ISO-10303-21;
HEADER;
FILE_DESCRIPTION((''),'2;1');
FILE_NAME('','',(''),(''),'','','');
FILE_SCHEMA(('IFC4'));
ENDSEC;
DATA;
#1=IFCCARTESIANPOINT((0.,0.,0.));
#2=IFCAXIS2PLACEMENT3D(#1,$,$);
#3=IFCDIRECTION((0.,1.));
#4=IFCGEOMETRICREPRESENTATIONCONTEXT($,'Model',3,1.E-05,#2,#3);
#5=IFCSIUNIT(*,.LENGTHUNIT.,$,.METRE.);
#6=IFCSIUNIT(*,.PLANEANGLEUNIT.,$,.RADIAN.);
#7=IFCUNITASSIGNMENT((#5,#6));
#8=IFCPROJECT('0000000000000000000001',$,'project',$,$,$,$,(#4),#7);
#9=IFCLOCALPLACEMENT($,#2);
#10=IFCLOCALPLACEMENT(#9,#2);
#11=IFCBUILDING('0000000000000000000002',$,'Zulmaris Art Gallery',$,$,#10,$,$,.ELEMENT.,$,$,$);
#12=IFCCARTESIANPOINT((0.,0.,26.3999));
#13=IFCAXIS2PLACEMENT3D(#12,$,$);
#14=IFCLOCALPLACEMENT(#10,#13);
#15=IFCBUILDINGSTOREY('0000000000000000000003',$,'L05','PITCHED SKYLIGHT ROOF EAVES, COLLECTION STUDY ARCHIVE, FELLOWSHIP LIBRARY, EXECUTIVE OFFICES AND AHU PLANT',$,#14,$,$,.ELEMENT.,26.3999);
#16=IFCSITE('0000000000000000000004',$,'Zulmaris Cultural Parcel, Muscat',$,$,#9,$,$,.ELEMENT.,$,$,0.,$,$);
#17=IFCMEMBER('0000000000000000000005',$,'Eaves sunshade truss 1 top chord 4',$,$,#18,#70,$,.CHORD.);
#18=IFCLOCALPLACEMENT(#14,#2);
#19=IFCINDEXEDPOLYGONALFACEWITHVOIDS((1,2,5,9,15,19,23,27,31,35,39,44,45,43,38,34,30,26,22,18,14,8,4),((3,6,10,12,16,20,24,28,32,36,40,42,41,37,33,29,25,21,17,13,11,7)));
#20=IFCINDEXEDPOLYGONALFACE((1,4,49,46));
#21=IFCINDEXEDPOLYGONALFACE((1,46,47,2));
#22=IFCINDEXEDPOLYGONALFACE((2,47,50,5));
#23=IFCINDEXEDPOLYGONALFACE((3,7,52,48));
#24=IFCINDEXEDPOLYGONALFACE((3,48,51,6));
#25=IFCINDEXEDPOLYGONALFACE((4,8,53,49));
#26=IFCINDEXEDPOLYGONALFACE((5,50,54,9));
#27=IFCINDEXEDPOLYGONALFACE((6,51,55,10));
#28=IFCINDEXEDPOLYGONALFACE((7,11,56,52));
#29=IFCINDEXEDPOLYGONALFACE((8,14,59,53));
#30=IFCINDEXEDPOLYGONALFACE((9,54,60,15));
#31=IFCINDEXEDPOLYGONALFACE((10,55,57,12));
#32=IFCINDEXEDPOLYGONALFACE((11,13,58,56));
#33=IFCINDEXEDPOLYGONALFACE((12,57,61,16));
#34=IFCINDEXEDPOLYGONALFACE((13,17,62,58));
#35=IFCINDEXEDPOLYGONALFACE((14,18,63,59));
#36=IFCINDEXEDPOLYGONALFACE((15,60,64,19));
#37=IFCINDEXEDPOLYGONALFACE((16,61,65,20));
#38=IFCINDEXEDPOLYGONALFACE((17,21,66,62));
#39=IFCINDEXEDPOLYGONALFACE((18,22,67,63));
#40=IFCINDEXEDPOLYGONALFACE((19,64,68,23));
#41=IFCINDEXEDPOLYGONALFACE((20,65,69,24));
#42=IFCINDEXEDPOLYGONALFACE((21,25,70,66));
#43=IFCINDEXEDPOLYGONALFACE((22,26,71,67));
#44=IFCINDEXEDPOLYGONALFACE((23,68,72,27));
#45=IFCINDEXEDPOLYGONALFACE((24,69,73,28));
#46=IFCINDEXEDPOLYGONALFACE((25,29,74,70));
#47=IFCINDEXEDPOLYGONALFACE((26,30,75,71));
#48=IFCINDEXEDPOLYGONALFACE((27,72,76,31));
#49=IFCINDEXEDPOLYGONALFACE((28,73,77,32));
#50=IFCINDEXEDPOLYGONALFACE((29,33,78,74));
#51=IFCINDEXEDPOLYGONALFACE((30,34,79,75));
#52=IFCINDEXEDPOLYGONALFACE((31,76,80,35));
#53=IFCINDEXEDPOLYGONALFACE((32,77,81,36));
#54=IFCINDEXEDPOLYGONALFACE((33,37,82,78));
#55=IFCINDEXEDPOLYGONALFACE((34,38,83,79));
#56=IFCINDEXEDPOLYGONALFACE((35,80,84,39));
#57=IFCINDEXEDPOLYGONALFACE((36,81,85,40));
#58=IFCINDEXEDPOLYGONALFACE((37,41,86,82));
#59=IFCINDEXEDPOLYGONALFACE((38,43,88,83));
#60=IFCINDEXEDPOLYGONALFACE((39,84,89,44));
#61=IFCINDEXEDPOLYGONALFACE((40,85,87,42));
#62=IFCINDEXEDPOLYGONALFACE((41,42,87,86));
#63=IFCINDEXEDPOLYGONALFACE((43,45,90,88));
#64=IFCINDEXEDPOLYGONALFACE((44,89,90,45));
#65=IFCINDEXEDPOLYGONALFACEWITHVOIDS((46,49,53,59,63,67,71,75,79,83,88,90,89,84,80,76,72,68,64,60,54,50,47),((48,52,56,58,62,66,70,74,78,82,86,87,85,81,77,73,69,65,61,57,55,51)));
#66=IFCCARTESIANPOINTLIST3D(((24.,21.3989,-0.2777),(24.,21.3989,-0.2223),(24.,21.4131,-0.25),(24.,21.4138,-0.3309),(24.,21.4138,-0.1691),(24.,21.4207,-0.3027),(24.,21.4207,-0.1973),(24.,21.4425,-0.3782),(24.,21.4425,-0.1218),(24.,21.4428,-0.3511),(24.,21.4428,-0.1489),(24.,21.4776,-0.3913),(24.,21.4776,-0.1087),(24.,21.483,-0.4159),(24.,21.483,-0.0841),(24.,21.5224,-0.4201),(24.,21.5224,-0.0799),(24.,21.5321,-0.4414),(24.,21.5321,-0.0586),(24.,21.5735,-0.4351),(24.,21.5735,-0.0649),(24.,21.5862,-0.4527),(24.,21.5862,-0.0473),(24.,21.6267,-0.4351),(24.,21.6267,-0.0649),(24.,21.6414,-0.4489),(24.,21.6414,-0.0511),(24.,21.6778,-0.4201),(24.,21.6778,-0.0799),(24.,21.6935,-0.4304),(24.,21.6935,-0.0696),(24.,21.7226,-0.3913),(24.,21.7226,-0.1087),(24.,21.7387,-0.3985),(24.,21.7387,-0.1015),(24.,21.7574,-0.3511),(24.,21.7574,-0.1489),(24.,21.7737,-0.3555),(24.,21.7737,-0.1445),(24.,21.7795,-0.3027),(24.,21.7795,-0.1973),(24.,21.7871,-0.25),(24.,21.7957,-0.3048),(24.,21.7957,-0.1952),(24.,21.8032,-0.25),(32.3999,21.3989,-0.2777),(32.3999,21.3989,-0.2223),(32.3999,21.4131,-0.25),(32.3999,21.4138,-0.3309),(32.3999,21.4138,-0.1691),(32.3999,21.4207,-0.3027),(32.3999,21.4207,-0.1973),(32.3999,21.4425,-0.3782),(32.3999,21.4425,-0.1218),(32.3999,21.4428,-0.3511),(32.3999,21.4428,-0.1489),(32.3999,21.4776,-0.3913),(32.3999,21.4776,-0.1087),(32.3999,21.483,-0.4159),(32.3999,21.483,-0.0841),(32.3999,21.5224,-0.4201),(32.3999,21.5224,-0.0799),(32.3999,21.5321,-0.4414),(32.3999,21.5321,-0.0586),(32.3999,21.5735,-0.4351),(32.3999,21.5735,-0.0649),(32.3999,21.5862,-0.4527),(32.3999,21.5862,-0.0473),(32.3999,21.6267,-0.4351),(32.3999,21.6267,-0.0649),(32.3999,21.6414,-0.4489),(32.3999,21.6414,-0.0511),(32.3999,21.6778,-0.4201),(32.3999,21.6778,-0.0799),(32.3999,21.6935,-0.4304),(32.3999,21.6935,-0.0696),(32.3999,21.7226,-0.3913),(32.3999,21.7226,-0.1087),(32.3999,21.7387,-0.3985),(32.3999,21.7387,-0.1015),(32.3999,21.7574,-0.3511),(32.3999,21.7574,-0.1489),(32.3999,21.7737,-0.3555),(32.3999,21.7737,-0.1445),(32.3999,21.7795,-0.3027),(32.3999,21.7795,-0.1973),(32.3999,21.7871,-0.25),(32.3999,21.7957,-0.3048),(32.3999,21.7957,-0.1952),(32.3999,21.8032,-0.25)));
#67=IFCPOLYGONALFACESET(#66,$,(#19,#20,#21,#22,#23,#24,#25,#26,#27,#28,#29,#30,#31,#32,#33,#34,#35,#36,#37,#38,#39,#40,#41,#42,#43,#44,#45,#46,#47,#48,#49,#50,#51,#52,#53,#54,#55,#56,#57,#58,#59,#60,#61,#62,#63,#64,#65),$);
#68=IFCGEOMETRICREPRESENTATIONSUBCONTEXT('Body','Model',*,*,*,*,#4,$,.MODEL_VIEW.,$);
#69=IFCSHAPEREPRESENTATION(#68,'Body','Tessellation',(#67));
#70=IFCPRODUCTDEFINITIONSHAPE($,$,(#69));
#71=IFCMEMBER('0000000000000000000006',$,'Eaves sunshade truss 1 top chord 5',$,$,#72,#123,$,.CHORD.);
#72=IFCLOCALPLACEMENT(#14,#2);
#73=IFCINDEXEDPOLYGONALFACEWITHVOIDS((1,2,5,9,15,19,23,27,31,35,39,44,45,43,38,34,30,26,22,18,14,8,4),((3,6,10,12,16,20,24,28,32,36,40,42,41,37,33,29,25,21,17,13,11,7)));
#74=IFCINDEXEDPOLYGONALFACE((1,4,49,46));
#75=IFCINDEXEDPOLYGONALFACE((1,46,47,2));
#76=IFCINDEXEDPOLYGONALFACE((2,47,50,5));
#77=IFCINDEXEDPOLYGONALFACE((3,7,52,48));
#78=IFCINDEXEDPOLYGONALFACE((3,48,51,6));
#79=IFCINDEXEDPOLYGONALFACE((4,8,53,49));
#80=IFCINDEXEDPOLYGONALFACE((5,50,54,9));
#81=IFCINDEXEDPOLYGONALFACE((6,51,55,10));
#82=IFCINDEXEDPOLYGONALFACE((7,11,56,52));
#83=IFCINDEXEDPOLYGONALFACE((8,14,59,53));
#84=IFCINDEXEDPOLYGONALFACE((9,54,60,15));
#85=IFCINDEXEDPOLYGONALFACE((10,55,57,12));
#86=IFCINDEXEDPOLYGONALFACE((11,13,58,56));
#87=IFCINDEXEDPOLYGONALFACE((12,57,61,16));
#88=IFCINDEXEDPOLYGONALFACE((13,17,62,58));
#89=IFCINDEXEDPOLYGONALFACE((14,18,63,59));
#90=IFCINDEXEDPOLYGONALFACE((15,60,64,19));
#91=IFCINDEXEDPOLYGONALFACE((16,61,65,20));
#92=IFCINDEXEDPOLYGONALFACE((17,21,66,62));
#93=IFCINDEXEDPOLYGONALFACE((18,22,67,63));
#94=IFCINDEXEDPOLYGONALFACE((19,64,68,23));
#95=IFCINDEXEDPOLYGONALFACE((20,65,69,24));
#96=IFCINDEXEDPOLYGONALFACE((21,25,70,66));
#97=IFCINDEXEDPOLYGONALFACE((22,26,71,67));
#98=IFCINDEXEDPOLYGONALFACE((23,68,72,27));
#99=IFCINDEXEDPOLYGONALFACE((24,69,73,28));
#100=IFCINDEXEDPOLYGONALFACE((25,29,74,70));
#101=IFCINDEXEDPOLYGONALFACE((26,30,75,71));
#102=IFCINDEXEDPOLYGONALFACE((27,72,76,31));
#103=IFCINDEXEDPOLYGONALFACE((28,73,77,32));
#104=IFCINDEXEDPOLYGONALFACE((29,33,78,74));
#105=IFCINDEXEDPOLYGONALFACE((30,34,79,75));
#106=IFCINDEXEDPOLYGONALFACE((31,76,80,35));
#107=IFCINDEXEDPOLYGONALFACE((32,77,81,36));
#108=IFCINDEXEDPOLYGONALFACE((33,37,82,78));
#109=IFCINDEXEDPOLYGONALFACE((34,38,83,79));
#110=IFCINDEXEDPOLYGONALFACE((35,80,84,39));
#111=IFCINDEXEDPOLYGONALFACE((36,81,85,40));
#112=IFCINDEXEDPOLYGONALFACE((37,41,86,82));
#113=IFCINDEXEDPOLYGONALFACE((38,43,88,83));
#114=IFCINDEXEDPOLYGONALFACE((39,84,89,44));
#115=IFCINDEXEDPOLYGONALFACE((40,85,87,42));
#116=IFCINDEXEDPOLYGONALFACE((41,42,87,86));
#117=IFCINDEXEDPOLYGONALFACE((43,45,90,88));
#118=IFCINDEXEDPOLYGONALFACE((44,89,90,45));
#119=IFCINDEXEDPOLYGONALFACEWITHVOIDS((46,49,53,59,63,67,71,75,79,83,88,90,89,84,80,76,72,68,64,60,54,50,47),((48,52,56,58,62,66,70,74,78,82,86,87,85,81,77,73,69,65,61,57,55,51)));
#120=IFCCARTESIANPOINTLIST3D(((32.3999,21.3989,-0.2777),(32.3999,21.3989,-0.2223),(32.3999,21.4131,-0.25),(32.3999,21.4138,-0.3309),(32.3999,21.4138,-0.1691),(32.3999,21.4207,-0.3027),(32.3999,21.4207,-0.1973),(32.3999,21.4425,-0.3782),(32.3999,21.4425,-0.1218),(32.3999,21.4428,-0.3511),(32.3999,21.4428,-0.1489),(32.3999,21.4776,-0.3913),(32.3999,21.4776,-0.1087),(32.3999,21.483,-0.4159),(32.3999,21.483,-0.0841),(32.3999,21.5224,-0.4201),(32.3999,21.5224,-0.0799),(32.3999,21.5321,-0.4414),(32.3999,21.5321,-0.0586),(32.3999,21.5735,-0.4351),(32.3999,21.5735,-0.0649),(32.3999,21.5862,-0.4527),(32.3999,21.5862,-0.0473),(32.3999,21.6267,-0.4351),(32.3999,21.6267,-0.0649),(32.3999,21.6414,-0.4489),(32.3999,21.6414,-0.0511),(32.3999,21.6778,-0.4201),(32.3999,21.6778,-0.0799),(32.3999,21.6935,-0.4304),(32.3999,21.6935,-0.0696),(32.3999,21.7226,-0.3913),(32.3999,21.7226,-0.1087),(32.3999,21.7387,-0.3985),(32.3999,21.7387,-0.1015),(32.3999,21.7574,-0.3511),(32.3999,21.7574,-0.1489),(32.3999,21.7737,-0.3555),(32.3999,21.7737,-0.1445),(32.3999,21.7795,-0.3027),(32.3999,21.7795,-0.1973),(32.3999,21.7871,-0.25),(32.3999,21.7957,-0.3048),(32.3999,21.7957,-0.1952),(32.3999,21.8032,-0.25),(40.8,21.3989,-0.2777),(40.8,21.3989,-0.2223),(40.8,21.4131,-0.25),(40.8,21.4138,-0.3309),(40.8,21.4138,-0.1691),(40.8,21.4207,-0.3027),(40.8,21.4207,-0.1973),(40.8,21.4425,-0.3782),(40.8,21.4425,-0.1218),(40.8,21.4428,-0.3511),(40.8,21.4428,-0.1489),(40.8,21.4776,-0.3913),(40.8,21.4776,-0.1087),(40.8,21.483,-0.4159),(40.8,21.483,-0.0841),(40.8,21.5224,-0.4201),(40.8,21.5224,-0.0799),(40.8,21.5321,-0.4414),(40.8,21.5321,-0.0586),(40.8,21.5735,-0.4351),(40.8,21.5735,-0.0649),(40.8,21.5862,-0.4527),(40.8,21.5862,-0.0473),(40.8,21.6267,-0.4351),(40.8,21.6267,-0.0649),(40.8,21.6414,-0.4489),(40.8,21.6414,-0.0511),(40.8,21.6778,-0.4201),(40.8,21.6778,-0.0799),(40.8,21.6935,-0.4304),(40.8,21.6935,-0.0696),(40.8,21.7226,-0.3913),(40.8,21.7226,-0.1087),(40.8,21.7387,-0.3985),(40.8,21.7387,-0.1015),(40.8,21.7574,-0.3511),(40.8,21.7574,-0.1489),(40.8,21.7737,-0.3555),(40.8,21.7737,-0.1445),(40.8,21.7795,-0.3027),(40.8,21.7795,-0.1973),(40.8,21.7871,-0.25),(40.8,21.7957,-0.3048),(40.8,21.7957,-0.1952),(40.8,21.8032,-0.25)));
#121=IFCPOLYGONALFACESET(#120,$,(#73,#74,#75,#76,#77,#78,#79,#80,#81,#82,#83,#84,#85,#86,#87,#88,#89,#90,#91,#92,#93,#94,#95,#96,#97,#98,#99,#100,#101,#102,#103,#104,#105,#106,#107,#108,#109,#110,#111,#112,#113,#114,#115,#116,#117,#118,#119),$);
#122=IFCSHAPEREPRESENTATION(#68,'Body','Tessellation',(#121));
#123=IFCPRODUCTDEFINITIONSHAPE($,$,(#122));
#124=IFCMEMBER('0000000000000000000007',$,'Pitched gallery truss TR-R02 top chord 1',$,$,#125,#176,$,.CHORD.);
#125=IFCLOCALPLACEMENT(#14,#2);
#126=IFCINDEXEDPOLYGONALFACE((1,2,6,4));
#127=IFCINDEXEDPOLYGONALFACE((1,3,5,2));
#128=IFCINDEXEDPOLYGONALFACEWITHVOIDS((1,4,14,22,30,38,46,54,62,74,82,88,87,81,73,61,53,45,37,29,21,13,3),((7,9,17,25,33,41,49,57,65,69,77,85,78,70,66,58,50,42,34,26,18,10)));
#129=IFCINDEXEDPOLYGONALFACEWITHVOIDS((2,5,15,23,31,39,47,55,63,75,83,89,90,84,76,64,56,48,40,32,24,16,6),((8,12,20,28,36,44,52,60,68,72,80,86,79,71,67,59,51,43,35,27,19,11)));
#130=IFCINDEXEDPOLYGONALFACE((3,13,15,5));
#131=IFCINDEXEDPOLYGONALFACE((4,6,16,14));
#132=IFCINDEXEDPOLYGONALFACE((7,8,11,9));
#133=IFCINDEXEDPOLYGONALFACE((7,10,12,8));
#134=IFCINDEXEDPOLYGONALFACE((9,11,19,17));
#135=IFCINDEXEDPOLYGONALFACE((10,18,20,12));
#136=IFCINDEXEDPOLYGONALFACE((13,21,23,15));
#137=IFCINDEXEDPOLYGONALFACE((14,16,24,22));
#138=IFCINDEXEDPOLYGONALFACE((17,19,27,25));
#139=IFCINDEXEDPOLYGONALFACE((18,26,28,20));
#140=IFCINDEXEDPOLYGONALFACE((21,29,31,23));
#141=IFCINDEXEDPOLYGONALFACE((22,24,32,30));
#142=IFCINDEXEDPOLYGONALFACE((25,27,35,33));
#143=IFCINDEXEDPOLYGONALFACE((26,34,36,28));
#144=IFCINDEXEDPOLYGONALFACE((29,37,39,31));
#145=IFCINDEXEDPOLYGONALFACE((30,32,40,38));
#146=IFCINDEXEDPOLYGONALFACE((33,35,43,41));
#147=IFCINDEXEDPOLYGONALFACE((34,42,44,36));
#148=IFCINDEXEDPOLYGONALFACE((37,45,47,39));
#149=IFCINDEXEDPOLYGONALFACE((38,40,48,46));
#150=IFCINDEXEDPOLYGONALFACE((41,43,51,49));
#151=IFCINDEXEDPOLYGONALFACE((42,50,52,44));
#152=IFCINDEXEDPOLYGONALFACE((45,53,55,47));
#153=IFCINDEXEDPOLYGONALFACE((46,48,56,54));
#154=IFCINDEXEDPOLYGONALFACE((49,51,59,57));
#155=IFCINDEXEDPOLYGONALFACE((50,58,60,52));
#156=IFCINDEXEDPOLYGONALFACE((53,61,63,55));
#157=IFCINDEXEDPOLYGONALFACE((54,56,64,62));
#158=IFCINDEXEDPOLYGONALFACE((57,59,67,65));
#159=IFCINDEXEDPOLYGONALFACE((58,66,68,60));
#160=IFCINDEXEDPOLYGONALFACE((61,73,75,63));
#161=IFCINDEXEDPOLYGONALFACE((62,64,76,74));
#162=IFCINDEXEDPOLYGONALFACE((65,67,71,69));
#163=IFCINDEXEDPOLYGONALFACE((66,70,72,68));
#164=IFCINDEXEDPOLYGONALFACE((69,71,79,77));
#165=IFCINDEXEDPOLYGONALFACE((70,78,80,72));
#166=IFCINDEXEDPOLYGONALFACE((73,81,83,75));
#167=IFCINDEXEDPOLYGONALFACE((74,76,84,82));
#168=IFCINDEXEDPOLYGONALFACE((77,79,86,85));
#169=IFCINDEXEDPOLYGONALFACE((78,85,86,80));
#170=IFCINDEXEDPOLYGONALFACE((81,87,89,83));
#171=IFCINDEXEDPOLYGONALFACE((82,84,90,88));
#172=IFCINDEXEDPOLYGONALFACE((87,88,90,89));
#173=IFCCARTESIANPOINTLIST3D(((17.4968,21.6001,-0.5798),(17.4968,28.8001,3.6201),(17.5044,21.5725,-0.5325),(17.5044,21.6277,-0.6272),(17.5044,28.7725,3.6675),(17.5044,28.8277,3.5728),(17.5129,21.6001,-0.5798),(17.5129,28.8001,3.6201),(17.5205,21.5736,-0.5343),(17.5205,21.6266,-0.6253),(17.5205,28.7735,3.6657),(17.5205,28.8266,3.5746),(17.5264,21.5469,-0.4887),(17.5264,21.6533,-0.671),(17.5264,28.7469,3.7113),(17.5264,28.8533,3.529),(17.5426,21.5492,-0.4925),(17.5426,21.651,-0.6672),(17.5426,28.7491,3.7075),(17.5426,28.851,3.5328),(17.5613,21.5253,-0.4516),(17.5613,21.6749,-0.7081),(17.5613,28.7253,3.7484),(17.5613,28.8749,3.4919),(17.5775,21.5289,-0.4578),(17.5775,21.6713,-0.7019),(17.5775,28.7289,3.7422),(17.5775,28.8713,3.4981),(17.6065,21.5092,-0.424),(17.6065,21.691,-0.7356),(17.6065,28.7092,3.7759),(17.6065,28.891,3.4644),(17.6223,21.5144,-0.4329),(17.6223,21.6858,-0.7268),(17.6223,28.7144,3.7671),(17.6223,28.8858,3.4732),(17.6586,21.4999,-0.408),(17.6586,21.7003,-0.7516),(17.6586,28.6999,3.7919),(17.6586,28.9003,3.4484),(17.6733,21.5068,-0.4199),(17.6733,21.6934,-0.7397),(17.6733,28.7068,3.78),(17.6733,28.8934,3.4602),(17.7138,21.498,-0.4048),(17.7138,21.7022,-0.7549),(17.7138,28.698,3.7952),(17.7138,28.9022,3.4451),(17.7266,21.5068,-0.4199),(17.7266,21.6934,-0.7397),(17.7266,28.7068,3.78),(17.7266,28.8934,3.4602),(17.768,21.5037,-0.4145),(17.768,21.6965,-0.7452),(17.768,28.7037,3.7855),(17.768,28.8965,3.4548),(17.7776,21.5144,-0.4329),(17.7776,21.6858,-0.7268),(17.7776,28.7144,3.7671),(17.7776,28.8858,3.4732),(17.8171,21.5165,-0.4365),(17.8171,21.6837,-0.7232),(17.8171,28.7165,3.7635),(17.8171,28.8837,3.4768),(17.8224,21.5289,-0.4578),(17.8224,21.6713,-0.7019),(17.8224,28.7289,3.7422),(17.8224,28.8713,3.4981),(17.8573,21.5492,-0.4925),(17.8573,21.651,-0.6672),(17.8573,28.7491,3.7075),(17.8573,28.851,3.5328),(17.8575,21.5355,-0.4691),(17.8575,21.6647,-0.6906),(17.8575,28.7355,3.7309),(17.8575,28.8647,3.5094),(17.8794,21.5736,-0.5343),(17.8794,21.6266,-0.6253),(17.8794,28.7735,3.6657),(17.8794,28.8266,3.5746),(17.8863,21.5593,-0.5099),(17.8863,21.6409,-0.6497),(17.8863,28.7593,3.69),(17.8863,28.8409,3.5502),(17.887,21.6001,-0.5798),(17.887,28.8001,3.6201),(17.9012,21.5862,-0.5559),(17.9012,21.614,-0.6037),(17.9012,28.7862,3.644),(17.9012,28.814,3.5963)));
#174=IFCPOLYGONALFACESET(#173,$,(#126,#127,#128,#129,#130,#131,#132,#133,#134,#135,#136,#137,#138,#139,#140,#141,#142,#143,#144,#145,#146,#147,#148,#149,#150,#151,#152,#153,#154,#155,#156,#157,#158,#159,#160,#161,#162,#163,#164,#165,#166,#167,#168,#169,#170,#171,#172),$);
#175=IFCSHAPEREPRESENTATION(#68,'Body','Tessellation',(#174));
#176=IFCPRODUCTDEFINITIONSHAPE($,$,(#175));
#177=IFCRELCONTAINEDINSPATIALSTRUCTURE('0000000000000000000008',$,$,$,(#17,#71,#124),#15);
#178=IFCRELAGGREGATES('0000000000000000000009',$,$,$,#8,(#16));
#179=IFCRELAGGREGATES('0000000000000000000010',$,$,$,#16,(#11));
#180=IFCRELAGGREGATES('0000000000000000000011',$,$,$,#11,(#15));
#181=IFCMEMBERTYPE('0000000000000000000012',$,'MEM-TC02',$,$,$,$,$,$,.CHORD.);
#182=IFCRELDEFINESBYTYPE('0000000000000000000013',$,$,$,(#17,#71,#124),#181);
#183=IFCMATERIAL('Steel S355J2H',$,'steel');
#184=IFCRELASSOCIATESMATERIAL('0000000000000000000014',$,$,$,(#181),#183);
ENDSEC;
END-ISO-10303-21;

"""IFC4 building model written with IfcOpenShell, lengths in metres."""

from ifc_helpers import new_model, si_unit, direction, frame, origin, origin_2d, place, context, subcontext, project, spatial, hollow_circle, extrude, material, material_profile, profile_set, type_object, element, save


model = new_model("IFC4")

# Units and contexts
model_context = context("Model", 3, precision=1e-05, world=origin(), true_north=direction((0.0, 1.0)))
body_context = subcontext(model_context, "Body", "Model", "MODEL_VIEW")
ifc_project = project(units=[si_unit("LENGTHUNIT", "METRE"), si_unit("PLANEANGLEUNIT", "RADIAN")], contexts=[model_context])

# Site, building, storey
site_placement = place(None, origin())
site = spatial("IfcSite", under=ifc_project, at=site_placement, Name="Zulmaris Cultural Parcel, Muscat", CompositionType="ELEMENT", RefElevation=0.0)
building_placement = place(site_placement, origin())
building = spatial("IfcBuilding", under=site, at=building_placement, Name="Zulmaris Art Gallery", CompositionType="ELEMENT")
storey_placement = place(building_placement, frame((0.0, 0.0, 26.3999)))
storey = spatial("IfcBuildingStorey", under=building, at=storey_placement, Name="L05", Description="PITCHED SKYLIGHT ROOF EAVES, COLLECTION STUDY ARCHIVE, FELLOWSHIP LIBRARY, EXECUTIVE OFFICES AND AHU PLANT", CompositionType="ELEMENT", Elevation=26.3999)

# Members
ifc_material_1 = material(Name="Steel S355J2H", Category="steel")
ifc_material_profile_1 = material_profile(ifc_material_1, hollow_circle(Radius=0.2031, WallThickness=0.0161, at=origin_2d()), Name="CHS 406.4x16")
ifc_profile_set_1 = profile_set([ifc_material_profile_1], Name="Steel S355J2H")
member_type_1 = type_object("IfcMemberType", Name="MEM-TC02", PredefinedType="CHORD", material=ifc_profile_set_1)
member_1_placement = place(storey_placement, frame((24.0, 21.6001, -0.25), z_axis=(1.0, 0.0, 0.0), x_axis=(0.0, 1.0, 0.0)))
element("IfcMember", 1, at=member_1_placement, inside=storey, type_object=member_type_1, Name="Eaves sunshade truss 1 top chord 4", PredefinedType="CHORD", context=body_context, shape_type="SweptSolid", body=[
    extrude(hollow_circle(Radius=0.2031, WallThickness=0.0161, at=origin_2d()), origin(), (0.0, 0.0, 1.0), 8.3999),
])
member_2_placement = place(storey_placement, frame((32.3999, 21.6001, -0.25), z_axis=(1.0, 0.0, 0.0), x_axis=(0.0, 1.0, 0.0)))
element("IfcMember", 2, at=member_2_placement, inside=storey, type_object=member_type_1, Name="Eaves sunshade truss 1 top chord 5", PredefinedType="CHORD", context=body_context, shape_type="SweptSolid", body=[
    extrude(hollow_circle(Radius=0.2031, WallThickness=0.0161, at=origin_2d()), origin(), (0.0, 0.0, 1.0), 8.4001),
])
for number, where, z_axis, x_axis, name in (
    (3, (17.7, 21.6001, -0.5798), (0.0, 0.86378, 0.503869), (-1.0, 0.0, 0.0), "Pitched gallery truss TR-R02 top chord 1"),
):
    element("IfcMember", number, at=place(storey_placement, frame(where, z_axis=z_axis, x_axis=x_axis)), inside=storey, type_object=member_type_1, Name=name, PredefinedType="CHORD", context=body_context, shape_type="SweptSolid", body=[
        extrude(hollow_circle(Radius=0.2031, WallThickness=0.0161, at=origin_2d()), origin(), (0.0, 0.0, 1.0), 8.3354),
    ])

save(model, "model.ifc")
